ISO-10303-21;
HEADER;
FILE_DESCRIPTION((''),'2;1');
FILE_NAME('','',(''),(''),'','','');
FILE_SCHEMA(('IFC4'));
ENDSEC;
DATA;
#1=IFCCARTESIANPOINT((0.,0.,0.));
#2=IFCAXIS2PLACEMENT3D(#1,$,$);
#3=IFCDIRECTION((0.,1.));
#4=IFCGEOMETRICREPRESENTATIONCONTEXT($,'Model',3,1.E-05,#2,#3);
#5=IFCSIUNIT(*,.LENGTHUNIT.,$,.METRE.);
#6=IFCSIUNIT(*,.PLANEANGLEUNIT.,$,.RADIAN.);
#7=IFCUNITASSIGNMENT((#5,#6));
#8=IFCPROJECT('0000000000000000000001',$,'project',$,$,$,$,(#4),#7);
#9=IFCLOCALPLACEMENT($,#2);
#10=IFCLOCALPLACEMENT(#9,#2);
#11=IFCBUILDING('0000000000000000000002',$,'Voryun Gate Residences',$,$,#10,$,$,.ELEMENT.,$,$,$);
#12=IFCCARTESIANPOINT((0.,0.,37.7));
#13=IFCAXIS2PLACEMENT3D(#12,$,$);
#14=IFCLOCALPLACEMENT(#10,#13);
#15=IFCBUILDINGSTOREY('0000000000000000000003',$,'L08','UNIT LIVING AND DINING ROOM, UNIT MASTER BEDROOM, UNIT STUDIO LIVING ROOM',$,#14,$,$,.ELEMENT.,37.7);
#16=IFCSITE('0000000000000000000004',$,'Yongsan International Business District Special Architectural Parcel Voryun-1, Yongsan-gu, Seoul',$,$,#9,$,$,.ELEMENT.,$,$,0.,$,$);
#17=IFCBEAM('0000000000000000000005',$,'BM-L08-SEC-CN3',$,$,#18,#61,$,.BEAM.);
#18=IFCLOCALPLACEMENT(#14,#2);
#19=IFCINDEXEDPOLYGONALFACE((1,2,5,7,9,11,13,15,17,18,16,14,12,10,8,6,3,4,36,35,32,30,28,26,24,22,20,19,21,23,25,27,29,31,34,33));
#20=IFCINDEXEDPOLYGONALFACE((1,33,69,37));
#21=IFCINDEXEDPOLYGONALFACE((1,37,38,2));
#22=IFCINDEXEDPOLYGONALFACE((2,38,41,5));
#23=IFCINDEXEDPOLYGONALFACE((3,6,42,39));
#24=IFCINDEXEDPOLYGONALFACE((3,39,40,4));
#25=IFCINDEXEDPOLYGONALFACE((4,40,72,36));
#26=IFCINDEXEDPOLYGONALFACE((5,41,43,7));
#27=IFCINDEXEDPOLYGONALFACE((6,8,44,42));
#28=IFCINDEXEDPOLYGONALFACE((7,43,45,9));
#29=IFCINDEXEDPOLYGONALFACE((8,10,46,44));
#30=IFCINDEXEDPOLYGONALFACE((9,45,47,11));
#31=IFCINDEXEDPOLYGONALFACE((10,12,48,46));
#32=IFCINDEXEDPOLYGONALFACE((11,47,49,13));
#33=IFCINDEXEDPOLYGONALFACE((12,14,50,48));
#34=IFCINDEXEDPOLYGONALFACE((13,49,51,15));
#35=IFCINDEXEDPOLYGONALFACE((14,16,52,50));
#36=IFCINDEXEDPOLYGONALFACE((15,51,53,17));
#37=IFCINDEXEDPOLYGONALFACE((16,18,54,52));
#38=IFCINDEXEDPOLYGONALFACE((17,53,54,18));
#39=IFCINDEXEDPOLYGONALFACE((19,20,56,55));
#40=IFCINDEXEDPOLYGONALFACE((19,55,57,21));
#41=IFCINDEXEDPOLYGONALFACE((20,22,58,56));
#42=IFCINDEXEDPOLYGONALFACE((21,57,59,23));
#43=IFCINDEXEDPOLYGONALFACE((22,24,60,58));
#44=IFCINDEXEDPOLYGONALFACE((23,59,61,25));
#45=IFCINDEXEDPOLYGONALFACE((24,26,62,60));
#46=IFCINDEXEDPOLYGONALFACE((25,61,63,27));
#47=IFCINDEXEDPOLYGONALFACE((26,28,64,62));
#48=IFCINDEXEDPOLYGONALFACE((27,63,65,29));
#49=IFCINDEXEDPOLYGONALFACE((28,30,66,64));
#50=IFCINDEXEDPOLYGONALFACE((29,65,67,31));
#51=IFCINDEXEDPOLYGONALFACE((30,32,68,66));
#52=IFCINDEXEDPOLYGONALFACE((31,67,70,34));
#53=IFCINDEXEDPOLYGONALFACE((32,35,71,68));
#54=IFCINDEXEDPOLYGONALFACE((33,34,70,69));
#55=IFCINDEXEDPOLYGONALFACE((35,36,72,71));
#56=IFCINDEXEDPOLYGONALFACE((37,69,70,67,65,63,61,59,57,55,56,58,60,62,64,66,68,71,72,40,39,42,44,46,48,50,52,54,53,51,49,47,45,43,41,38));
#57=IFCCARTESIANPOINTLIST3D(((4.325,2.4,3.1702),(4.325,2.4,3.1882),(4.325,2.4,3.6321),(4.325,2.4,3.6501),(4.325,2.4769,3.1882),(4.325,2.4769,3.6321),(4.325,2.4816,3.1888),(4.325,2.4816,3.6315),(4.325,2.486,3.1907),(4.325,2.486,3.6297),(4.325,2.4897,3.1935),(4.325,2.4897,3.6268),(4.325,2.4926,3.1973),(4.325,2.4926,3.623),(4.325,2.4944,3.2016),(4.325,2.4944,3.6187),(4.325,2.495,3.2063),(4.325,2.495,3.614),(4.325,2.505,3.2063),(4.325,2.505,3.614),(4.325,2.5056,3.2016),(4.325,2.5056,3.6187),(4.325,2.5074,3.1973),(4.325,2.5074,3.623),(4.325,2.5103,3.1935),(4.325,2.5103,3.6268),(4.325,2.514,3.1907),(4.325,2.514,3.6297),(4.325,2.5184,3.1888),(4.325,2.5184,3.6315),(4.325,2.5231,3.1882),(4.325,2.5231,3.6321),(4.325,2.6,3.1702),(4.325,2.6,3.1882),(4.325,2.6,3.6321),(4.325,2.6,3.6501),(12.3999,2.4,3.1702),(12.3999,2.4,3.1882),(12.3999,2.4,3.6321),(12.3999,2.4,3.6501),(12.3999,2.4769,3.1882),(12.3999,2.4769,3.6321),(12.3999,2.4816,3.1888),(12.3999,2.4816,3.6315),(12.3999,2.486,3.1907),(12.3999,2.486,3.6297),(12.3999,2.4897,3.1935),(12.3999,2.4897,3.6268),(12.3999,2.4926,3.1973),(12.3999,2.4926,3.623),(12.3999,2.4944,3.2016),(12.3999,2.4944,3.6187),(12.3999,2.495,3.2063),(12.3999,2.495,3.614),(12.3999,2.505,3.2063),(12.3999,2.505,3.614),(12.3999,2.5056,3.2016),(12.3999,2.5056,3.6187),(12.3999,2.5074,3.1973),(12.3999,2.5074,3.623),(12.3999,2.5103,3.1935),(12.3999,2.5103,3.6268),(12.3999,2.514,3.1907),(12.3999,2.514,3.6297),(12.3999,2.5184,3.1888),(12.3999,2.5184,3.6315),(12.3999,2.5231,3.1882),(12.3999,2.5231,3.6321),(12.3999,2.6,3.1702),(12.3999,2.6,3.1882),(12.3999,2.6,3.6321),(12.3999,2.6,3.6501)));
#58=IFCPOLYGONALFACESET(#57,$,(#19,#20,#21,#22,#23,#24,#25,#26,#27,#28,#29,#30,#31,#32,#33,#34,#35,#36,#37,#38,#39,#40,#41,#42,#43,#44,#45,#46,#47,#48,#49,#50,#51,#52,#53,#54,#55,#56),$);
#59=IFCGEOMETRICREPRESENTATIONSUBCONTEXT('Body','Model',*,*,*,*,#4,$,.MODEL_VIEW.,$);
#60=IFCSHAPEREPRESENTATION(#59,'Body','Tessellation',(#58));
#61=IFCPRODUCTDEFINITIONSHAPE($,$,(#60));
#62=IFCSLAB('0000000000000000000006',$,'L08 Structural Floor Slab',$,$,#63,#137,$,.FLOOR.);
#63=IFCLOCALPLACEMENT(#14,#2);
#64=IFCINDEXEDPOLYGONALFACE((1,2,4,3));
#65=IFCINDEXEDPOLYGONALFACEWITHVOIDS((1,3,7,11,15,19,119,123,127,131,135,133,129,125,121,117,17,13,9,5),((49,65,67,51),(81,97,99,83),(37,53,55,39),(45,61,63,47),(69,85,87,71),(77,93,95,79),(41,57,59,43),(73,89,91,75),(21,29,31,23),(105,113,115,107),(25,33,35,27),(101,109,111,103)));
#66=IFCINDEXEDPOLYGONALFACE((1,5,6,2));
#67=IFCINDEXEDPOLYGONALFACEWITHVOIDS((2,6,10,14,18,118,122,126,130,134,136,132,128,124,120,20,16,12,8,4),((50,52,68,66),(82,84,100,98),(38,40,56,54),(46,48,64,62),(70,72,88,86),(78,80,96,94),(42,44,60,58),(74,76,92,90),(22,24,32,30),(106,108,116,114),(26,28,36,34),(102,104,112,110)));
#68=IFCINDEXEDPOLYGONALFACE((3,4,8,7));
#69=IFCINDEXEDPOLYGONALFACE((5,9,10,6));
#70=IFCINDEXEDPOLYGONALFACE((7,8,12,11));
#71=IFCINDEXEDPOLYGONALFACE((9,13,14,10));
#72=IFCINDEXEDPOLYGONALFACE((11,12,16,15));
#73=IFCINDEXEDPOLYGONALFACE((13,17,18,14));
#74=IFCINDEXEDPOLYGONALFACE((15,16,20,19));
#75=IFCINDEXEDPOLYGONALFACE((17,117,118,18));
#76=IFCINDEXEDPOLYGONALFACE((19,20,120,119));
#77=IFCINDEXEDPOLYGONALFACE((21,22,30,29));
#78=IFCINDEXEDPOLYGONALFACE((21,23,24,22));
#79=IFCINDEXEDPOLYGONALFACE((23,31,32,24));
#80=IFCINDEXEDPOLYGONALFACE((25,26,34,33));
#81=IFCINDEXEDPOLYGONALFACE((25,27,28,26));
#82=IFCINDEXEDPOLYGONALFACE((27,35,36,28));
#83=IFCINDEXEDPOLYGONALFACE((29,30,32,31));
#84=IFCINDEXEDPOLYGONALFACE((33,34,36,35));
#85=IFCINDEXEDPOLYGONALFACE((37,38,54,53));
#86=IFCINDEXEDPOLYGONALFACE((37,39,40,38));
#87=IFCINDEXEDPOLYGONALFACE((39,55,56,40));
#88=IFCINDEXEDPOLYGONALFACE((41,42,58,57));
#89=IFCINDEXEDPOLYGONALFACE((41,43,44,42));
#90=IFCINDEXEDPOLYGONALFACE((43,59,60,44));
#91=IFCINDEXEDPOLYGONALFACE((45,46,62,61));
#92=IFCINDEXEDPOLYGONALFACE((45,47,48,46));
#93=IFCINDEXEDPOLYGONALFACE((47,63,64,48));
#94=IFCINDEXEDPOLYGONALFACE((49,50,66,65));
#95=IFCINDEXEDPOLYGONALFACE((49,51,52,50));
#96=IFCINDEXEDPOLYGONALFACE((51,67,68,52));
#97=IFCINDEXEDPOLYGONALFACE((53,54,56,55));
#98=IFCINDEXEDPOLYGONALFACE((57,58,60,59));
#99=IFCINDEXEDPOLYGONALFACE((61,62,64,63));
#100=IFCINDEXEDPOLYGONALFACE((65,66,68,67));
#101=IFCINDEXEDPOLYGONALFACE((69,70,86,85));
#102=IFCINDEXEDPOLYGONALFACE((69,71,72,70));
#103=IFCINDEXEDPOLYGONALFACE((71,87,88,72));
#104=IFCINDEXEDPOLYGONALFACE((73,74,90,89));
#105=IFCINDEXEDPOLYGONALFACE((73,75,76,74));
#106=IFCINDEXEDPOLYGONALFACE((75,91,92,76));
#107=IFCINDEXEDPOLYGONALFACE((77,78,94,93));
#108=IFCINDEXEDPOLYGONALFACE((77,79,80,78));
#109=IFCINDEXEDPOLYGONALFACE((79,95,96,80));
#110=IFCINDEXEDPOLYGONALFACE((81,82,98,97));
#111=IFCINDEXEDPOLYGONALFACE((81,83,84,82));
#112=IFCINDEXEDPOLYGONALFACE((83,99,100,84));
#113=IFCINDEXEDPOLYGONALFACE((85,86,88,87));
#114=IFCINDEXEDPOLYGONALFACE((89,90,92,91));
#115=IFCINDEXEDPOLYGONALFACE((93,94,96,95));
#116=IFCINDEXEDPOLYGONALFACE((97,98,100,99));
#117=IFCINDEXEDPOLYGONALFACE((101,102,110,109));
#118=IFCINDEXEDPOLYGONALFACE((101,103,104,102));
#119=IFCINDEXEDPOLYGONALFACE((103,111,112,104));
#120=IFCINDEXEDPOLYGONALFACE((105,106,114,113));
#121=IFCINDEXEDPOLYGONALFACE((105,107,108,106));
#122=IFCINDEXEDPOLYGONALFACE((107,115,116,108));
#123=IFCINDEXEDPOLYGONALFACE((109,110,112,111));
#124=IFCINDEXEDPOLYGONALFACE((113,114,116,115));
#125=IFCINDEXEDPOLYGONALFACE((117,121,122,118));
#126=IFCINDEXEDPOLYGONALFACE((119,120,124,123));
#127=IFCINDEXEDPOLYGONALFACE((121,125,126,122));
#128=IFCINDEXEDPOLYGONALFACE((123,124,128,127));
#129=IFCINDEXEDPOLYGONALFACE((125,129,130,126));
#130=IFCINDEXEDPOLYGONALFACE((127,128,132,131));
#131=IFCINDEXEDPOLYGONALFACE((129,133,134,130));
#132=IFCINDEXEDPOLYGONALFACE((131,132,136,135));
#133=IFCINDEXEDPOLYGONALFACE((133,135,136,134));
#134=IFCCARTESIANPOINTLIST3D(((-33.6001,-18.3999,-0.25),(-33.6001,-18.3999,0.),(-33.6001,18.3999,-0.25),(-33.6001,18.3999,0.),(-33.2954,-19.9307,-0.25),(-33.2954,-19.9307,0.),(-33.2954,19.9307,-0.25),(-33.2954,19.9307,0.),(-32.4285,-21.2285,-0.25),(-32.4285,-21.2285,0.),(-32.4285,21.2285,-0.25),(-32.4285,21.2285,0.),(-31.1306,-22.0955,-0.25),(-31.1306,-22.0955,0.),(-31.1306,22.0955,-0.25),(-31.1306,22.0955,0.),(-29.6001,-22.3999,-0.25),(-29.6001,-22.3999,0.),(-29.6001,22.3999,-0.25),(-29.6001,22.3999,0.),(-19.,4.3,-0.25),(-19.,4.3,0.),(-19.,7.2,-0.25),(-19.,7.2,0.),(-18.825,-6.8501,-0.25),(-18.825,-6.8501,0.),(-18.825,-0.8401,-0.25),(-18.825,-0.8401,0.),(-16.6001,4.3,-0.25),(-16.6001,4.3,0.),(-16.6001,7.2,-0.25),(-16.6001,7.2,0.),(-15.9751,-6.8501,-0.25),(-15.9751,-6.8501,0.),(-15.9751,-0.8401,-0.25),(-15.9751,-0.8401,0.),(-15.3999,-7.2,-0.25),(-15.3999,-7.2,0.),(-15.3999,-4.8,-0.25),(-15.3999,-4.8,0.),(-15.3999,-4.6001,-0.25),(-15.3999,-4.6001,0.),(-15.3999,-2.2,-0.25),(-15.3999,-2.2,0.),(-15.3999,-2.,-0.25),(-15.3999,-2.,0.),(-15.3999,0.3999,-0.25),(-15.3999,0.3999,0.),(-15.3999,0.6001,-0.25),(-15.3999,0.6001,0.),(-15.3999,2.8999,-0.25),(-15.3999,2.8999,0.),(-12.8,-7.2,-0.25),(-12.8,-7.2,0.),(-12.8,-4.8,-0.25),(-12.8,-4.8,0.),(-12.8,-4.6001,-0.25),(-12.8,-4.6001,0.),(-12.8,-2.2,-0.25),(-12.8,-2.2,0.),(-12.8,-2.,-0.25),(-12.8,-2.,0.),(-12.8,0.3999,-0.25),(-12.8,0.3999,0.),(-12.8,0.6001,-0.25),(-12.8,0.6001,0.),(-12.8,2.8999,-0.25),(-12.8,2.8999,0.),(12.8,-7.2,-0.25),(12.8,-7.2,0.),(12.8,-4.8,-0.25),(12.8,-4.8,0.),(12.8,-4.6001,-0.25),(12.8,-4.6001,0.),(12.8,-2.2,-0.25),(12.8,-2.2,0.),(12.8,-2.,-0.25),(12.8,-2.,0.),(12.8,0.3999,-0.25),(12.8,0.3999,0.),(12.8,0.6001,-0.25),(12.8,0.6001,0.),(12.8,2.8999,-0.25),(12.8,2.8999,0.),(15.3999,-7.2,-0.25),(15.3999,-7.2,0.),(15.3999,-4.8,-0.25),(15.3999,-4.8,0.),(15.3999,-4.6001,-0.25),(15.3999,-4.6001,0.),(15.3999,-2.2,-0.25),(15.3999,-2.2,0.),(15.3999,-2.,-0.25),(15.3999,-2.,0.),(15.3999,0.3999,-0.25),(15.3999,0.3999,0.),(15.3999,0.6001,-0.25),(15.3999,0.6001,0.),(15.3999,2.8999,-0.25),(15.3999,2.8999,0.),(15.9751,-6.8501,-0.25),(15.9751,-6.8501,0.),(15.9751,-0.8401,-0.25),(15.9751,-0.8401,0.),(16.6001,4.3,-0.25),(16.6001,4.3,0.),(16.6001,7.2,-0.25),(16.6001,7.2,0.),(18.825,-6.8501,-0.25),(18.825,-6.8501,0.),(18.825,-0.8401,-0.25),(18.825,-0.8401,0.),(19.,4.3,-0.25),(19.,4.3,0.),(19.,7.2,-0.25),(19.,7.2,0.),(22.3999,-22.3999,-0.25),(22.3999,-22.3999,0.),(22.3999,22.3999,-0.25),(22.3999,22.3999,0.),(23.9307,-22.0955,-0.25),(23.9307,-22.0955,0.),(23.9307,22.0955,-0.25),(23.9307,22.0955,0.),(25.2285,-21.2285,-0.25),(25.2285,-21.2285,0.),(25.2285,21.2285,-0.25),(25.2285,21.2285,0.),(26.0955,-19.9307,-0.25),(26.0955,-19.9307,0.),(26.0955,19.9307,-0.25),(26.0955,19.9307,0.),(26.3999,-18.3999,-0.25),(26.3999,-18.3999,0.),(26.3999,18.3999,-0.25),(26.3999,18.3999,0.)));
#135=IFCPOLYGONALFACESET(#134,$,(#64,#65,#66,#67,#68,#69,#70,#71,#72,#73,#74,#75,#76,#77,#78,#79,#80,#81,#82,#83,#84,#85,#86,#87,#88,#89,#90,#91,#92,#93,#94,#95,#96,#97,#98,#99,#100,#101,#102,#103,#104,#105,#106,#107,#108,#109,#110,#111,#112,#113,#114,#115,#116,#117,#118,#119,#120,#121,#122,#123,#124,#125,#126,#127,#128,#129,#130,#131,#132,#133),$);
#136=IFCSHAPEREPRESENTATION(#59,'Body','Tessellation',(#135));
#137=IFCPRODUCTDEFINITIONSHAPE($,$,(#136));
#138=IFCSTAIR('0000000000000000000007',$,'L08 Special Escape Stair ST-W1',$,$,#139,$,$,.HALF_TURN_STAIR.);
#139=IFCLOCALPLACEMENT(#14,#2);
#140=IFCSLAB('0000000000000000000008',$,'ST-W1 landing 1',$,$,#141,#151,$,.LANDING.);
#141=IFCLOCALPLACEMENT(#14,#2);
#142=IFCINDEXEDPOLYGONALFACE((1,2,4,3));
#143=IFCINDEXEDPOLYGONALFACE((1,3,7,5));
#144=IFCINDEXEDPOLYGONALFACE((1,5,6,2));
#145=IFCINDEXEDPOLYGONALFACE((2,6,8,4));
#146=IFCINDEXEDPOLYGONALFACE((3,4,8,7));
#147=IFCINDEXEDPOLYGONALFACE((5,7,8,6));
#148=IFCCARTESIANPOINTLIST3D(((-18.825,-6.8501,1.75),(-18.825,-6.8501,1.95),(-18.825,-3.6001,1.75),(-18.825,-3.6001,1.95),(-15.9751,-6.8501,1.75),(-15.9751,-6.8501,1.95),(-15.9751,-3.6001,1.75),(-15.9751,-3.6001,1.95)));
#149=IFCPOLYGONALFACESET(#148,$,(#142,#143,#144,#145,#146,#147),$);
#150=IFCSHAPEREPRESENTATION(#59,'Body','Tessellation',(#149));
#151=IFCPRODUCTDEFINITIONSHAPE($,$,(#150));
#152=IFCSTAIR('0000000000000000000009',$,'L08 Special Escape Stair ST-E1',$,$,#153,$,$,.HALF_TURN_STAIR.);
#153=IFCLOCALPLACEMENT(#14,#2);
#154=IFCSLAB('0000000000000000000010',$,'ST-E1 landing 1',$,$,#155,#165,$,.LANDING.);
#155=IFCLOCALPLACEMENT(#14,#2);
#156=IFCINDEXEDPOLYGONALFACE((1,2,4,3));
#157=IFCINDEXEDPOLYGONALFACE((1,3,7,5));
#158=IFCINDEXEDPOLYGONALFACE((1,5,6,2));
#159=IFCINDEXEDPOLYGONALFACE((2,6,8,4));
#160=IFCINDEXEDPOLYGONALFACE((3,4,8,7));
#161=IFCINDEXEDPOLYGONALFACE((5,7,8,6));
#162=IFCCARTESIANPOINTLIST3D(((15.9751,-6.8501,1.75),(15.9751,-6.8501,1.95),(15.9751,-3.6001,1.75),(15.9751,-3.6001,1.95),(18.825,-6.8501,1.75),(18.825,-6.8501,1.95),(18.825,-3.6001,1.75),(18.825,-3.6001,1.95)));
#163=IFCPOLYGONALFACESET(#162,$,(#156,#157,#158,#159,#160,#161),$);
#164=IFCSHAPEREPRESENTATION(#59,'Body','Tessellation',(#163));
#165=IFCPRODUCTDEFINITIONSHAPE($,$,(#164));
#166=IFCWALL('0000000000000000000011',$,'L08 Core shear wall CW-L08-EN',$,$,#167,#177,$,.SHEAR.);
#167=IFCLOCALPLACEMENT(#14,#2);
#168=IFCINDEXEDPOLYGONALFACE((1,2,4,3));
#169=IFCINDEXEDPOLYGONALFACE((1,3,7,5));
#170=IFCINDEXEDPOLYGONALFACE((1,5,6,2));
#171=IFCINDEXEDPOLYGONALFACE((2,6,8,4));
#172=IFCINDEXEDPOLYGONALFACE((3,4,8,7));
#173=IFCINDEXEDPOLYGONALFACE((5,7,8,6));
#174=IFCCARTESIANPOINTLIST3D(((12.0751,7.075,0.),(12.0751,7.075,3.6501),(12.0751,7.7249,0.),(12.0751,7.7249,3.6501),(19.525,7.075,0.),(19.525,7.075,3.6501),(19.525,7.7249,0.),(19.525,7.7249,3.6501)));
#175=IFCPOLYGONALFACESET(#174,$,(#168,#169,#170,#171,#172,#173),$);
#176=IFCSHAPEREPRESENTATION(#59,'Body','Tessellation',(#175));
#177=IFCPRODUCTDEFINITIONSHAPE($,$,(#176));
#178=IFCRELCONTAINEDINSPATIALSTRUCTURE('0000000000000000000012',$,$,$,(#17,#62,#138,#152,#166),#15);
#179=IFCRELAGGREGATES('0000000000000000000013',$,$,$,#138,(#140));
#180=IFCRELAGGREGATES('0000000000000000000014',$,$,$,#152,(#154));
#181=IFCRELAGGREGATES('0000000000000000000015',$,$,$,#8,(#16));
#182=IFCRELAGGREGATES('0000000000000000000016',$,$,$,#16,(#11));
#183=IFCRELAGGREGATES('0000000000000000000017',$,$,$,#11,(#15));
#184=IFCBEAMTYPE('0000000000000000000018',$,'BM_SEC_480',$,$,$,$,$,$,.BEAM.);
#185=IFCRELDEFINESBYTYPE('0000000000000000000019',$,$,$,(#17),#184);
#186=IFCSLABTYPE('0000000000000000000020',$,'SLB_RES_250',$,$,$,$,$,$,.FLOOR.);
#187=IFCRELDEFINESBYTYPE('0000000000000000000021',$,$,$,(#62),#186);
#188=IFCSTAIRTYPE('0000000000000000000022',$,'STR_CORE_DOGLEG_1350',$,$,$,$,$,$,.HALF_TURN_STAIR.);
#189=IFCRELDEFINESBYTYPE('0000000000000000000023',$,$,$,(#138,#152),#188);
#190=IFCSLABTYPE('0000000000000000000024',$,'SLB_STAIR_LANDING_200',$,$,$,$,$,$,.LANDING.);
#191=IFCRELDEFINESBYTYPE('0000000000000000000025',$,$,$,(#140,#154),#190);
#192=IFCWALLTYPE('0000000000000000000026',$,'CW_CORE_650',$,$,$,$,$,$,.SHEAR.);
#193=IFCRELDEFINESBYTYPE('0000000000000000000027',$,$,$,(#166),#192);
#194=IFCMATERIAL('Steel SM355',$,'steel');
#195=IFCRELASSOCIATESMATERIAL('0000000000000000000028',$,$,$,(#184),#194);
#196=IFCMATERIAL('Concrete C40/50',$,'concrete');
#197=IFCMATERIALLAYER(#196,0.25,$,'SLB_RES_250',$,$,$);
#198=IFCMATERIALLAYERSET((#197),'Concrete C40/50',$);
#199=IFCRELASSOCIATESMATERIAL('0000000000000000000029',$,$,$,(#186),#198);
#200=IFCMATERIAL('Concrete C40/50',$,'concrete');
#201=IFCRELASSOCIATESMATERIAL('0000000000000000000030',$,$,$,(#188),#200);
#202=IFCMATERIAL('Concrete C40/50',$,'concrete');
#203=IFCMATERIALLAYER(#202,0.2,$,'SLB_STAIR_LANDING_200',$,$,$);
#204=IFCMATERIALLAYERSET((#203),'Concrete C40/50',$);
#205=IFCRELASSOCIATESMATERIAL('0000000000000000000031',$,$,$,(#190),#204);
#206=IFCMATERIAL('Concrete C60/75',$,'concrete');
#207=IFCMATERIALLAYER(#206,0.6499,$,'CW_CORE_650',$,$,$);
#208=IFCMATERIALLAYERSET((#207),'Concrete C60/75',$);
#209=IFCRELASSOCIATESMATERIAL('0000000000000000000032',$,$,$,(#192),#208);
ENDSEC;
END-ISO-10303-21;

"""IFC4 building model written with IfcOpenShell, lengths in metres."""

from ifc_helpers import new_model, si_unit, direction, frame, frame_2d, origin, origin_2d, place, context, subcontext, project, spatial, polyline, rectangle, i_section, outline, extrude, material, layer, layer_set, material_profile, profile_set, type_object, element, aggregate, save


model = new_model("IFC4")

# Units and contexts
model_context = context("Model", 3, precision=1e-05, world=origin(), true_north=direction((0.0, 1.0)))
body_context = subcontext(model_context, "Body", "Model", "MODEL_VIEW")
ifc_project = project(units=[si_unit("LENGTHUNIT", "METRE"), si_unit("PLANEANGLEUNIT", "RADIAN")], contexts=[model_context])

# Site, building, storey
site_placement = place(None, origin())
site = spatial("IfcSite", under=ifc_project, at=site_placement, Name="Yongsan International Business District Special Architectural Parcel Voryun-1, Yongsan-gu, Seoul", CompositionType="ELEMENT", RefElevation=0.0)
building_placement = place(site_placement, origin())
building = spatial("IfcBuilding", under=site, at=building_placement, Name="Voryun Gate Residences", CompositionType="ELEMENT")
storey_placement = place(building_placement, frame((0.0, 0.0, 37.7)))
storey = spatial("IfcBuildingStorey", under=building, at=storey_placement, Name="L08", Description="UNIT LIVING AND DINING ROOM, UNIT MASTER BEDROOM, UNIT STUDIO LIVING ROOM", CompositionType="ELEMENT", Elevation=37.7)

# Beam
ifc_material_1 = material(Name="Steel SM355", Category="steel")
ifc_material_profile_1 = material_profile(ifc_material_1, i_section(OverallWidth=0.2, OverallDepth=0.48, WebThickness=0.01, FlangeThickness=0.0181, FilletRadius=0.0181, at=origin_2d()), Name="H-480x200x10x18")
ifc_profile_set_1 = profile_set([ifc_material_profile_1], Name="Steel SM355")
beam_type_1 = type_object("IfcBeamType", Name="BM_SEC_480", PredefinedType="BEAM", material=ifc_profile_set_1)
beam_1_placement = place(storey_placement, frame((4.325, 2.5, 3.4102), z_axis=(1.0, 0.0, 0.0), x_axis=(0.0, 1.0, 0.0)))
element("IfcBeam", 1, at=beam_1_placement, inside=storey, type_object=beam_type_1, Name="BM-L08-SEC-CN3", PredefinedType="BEAM", context=body_context, shape_type="SweptSolid", body=[
    extrude(i_section(OverallWidth=0.2, OverallDepth=0.48, WebThickness=0.01, FlangeThickness=0.0181, FilletRadius=0.0181, at=origin_2d()), origin(), (0.0, 0.0, 1.0), 8.075),
])

# Slab
ifc_material_2 = material(Name="Concrete C40/50", Category="concrete")
ifc_layer_1 = layer(ifc_material_2, 0.25, Name="SLB_RES_250")
ifc_layer_set_1 = layer_set([ifc_layer_1], Name="Concrete C40/50")
slab_type_1 = type_object("IfcSlabType", Name="SLB_RES_250", PredefinedType="FLOOR", material=ifc_layer_set_1)
slab_1_placement = place(storey_placement, frame((0.0, 0.0, -0.25)))
element("IfcSlab", 2, at=slab_1_placement, inside=storey, type_object=slab_type_1, Name="L08 Structural Floor Slab", PredefinedType="FLOOR", context=body_context, shape_type="SweptSolid", body=[
    extrude(outline(polyline([(-29.6001, -22.3999), (-31.1306, -22.0955), (-32.4285, -21.2285), (-33.2954, -19.9307), (-33.6001, -18.3999), (-33.6001, 18.3999), (-33.2954, 19.9307), (-32.4285, 21.2285), (-31.1306, 22.0955), (-29.6001, 22.3999), (22.3999, 22.3999), (23.9307, 22.0955), (25.2285, 21.2285), (26.0955, 19.9307), (26.3999, 18.3999), (26.3999, -18.3999), (26.0955, -19.9307), (25.2285, -21.2285), (23.9307, -22.0955), (22.3999, -22.3999), (-29.6001, -22.3999)]), holes=[polyline([(-12.8, -4.8), (-15.3999, -4.8), (-15.3999, -7.2), (-12.8, -7.2), (-12.8, -4.8)]), polyline([(-18.825, -6.8501), (-15.9751, -6.8501), (-15.9751, -0.8401), (-18.825, -0.8401), (-18.825, -6.8501)]), polyline([(-12.8, -4.6001), (-12.8, -2.2), (-15.3999, -2.2), (-15.3999, -4.6001), (-12.8, -4.6001)]), polyline([(-12.8, 0.3999), (-15.3999, 0.3999), (-15.3999, -2.0), (-12.8, -2.0), (-12.8, 0.3999)]), polyline([(-12.8, 0.6001), (-12.8, 2.8999), (-15.3999, 2.8999), (-15.3999, 0.6001), (-12.8, 0.6001)]), polyline([(-16.6001, 4.3), (-16.6001, 7.2), (-19.0, 7.2), (-19.0, 4.3), (-16.6001, 4.3)]), polyline([(15.3999, -4.8), (12.8, -4.8), (12.8, -7.2), (15.3999, -7.2), (15.3999, -4.8)]), polyline([(15.9751, -6.8501), (18.825, -6.8501), (18.825, -0.8401), (15.9751, -0.8401), (15.9751, -6.8501)]), polyline([(15.3999, -4.6001), (15.3999, -2.2), (12.8, -2.2), (12.8, -4.6001), (15.3999, -4.6001)]), polyline([(15.3999, 0.3999), (12.8, 0.3999), (12.8, -2.0), (15.3999, -2.0), (15.3999, 0.3999)]), polyline([(15.3999, 0.6001), (15.3999, 2.8999), (12.8, 2.8999), (12.8, 0.6001), (15.3999, 0.6001)]), polyline([(19.0, 4.3), (19.0, 7.2), (16.6001, 7.2), (16.6001, 4.3), (19.0, 4.3)])]), origin(), (0.0, 0.0, 1.0), 0.25),
])

# Stairs, slabs
ifc_material_3 = material(Name="Concrete C40/50", Category="concrete")
stair_type = type_object("IfcStairType", Name="STR_CORE_DOGLEG_1350", PredefinedType="HALF_TURN_STAIR", material=ifc_material_3)
stair_1_placement = place(storey_placement, origin())
stair_1 = element("IfcStair", 3, at=stair_1_placement, inside=storey, type_object=stair_type, Name="L08 Special Escape Stair ST-W1", PredefinedType="HALF_TURN_STAIR")
ifc_material_4 = material(Name="Concrete C40/50", Category="concrete")
ifc_layer_2 = layer(ifc_material_4, 0.2, Name="SLB_STAIR_LANDING_200")
ifc_layer_set_2 = layer_set([ifc_layer_2], Name="Concrete C40/50")
slab_type_2 = type_object("IfcSlabType", Name="SLB_STAIR_LANDING_200", PredefinedType="LANDING", material=ifc_layer_set_2)
slab_2_placement = place(storey_placement, frame((0.0, 0.0, 1.75)))
slab_2 = element("IfcSlab", 4, at=slab_2_placement, type_object=slab_type_2, Name="ST-W1 landing 1", PredefinedType="LANDING", context=body_context, shape_type="SweptSolid", body=[
    extrude(outline(polyline([(-18.825, -3.6001), (-18.825, -6.8501), (-15.9751, -6.8501), (-15.9751, -3.6001), (-18.825, -3.6001)])), origin(), (0.0, 0.0, 1.0), 0.2),
])
aggregate(stair_1, [slab_2])
stair_2_placement = place(storey_placement, origin())
stair_2 = element("IfcStair", 5, at=stair_2_placement, inside=storey, type_object=stair_type, Name="L08 Special Escape Stair ST-E1", PredefinedType="HALF_TURN_STAIR")
slab_3_placement = place(storey_placement, frame((0.0, 0.0, 1.75)))
slab_3 = element("IfcSlab", 6, at=slab_3_placement, type_object=slab_type_2, Name="ST-E1 landing 1", PredefinedType="LANDING", context=body_context, shape_type="SweptSolid", body=[
    extrude(outline(polyline([(15.9751, -3.6001), (15.9751, -6.8501), (18.825, -6.8501), (18.825, -3.6001), (15.9751, -3.6001)])), origin(), (0.0, 0.0, 1.0), 0.2),
])
aggregate(stair_2, [slab_3])

# Wall
ifc_material_5 = material(Name="Concrete C60/75", Category="concrete")
ifc_layer_3 = layer(ifc_material_5, 0.6499, Name="CW_CORE_650")
ifc_layer_set_3 = layer_set([ifc_layer_3], Name="Concrete C60/75")
wall_type_1 = type_object("IfcWallType", Name="CW_CORE_650", PredefinedType="SHEAR", material=ifc_layer_set_3)
wall_1_placement = place(storey_placement, frame((12.075, 7.3999, 0.0), z_axis=(0.0, 0.0, 1.0), x_axis=(1.0, 0.0, 0.0)))
element("IfcWall", 7, at=wall_1_placement, inside=storey, type_object=wall_type_1, Name="L08 Core shear wall CW-L08-EN", PredefinedType="SHEAR", context=body_context, shape_type="SweptSolid", body=[
    extrude(rectangle(XDim=7.45, YDim=0.6499, at=frame_2d((3.7251, 0.0))), origin(), (0.0, 0.0, 1.0), 3.6501),
])

save(model, "model.ifc")
